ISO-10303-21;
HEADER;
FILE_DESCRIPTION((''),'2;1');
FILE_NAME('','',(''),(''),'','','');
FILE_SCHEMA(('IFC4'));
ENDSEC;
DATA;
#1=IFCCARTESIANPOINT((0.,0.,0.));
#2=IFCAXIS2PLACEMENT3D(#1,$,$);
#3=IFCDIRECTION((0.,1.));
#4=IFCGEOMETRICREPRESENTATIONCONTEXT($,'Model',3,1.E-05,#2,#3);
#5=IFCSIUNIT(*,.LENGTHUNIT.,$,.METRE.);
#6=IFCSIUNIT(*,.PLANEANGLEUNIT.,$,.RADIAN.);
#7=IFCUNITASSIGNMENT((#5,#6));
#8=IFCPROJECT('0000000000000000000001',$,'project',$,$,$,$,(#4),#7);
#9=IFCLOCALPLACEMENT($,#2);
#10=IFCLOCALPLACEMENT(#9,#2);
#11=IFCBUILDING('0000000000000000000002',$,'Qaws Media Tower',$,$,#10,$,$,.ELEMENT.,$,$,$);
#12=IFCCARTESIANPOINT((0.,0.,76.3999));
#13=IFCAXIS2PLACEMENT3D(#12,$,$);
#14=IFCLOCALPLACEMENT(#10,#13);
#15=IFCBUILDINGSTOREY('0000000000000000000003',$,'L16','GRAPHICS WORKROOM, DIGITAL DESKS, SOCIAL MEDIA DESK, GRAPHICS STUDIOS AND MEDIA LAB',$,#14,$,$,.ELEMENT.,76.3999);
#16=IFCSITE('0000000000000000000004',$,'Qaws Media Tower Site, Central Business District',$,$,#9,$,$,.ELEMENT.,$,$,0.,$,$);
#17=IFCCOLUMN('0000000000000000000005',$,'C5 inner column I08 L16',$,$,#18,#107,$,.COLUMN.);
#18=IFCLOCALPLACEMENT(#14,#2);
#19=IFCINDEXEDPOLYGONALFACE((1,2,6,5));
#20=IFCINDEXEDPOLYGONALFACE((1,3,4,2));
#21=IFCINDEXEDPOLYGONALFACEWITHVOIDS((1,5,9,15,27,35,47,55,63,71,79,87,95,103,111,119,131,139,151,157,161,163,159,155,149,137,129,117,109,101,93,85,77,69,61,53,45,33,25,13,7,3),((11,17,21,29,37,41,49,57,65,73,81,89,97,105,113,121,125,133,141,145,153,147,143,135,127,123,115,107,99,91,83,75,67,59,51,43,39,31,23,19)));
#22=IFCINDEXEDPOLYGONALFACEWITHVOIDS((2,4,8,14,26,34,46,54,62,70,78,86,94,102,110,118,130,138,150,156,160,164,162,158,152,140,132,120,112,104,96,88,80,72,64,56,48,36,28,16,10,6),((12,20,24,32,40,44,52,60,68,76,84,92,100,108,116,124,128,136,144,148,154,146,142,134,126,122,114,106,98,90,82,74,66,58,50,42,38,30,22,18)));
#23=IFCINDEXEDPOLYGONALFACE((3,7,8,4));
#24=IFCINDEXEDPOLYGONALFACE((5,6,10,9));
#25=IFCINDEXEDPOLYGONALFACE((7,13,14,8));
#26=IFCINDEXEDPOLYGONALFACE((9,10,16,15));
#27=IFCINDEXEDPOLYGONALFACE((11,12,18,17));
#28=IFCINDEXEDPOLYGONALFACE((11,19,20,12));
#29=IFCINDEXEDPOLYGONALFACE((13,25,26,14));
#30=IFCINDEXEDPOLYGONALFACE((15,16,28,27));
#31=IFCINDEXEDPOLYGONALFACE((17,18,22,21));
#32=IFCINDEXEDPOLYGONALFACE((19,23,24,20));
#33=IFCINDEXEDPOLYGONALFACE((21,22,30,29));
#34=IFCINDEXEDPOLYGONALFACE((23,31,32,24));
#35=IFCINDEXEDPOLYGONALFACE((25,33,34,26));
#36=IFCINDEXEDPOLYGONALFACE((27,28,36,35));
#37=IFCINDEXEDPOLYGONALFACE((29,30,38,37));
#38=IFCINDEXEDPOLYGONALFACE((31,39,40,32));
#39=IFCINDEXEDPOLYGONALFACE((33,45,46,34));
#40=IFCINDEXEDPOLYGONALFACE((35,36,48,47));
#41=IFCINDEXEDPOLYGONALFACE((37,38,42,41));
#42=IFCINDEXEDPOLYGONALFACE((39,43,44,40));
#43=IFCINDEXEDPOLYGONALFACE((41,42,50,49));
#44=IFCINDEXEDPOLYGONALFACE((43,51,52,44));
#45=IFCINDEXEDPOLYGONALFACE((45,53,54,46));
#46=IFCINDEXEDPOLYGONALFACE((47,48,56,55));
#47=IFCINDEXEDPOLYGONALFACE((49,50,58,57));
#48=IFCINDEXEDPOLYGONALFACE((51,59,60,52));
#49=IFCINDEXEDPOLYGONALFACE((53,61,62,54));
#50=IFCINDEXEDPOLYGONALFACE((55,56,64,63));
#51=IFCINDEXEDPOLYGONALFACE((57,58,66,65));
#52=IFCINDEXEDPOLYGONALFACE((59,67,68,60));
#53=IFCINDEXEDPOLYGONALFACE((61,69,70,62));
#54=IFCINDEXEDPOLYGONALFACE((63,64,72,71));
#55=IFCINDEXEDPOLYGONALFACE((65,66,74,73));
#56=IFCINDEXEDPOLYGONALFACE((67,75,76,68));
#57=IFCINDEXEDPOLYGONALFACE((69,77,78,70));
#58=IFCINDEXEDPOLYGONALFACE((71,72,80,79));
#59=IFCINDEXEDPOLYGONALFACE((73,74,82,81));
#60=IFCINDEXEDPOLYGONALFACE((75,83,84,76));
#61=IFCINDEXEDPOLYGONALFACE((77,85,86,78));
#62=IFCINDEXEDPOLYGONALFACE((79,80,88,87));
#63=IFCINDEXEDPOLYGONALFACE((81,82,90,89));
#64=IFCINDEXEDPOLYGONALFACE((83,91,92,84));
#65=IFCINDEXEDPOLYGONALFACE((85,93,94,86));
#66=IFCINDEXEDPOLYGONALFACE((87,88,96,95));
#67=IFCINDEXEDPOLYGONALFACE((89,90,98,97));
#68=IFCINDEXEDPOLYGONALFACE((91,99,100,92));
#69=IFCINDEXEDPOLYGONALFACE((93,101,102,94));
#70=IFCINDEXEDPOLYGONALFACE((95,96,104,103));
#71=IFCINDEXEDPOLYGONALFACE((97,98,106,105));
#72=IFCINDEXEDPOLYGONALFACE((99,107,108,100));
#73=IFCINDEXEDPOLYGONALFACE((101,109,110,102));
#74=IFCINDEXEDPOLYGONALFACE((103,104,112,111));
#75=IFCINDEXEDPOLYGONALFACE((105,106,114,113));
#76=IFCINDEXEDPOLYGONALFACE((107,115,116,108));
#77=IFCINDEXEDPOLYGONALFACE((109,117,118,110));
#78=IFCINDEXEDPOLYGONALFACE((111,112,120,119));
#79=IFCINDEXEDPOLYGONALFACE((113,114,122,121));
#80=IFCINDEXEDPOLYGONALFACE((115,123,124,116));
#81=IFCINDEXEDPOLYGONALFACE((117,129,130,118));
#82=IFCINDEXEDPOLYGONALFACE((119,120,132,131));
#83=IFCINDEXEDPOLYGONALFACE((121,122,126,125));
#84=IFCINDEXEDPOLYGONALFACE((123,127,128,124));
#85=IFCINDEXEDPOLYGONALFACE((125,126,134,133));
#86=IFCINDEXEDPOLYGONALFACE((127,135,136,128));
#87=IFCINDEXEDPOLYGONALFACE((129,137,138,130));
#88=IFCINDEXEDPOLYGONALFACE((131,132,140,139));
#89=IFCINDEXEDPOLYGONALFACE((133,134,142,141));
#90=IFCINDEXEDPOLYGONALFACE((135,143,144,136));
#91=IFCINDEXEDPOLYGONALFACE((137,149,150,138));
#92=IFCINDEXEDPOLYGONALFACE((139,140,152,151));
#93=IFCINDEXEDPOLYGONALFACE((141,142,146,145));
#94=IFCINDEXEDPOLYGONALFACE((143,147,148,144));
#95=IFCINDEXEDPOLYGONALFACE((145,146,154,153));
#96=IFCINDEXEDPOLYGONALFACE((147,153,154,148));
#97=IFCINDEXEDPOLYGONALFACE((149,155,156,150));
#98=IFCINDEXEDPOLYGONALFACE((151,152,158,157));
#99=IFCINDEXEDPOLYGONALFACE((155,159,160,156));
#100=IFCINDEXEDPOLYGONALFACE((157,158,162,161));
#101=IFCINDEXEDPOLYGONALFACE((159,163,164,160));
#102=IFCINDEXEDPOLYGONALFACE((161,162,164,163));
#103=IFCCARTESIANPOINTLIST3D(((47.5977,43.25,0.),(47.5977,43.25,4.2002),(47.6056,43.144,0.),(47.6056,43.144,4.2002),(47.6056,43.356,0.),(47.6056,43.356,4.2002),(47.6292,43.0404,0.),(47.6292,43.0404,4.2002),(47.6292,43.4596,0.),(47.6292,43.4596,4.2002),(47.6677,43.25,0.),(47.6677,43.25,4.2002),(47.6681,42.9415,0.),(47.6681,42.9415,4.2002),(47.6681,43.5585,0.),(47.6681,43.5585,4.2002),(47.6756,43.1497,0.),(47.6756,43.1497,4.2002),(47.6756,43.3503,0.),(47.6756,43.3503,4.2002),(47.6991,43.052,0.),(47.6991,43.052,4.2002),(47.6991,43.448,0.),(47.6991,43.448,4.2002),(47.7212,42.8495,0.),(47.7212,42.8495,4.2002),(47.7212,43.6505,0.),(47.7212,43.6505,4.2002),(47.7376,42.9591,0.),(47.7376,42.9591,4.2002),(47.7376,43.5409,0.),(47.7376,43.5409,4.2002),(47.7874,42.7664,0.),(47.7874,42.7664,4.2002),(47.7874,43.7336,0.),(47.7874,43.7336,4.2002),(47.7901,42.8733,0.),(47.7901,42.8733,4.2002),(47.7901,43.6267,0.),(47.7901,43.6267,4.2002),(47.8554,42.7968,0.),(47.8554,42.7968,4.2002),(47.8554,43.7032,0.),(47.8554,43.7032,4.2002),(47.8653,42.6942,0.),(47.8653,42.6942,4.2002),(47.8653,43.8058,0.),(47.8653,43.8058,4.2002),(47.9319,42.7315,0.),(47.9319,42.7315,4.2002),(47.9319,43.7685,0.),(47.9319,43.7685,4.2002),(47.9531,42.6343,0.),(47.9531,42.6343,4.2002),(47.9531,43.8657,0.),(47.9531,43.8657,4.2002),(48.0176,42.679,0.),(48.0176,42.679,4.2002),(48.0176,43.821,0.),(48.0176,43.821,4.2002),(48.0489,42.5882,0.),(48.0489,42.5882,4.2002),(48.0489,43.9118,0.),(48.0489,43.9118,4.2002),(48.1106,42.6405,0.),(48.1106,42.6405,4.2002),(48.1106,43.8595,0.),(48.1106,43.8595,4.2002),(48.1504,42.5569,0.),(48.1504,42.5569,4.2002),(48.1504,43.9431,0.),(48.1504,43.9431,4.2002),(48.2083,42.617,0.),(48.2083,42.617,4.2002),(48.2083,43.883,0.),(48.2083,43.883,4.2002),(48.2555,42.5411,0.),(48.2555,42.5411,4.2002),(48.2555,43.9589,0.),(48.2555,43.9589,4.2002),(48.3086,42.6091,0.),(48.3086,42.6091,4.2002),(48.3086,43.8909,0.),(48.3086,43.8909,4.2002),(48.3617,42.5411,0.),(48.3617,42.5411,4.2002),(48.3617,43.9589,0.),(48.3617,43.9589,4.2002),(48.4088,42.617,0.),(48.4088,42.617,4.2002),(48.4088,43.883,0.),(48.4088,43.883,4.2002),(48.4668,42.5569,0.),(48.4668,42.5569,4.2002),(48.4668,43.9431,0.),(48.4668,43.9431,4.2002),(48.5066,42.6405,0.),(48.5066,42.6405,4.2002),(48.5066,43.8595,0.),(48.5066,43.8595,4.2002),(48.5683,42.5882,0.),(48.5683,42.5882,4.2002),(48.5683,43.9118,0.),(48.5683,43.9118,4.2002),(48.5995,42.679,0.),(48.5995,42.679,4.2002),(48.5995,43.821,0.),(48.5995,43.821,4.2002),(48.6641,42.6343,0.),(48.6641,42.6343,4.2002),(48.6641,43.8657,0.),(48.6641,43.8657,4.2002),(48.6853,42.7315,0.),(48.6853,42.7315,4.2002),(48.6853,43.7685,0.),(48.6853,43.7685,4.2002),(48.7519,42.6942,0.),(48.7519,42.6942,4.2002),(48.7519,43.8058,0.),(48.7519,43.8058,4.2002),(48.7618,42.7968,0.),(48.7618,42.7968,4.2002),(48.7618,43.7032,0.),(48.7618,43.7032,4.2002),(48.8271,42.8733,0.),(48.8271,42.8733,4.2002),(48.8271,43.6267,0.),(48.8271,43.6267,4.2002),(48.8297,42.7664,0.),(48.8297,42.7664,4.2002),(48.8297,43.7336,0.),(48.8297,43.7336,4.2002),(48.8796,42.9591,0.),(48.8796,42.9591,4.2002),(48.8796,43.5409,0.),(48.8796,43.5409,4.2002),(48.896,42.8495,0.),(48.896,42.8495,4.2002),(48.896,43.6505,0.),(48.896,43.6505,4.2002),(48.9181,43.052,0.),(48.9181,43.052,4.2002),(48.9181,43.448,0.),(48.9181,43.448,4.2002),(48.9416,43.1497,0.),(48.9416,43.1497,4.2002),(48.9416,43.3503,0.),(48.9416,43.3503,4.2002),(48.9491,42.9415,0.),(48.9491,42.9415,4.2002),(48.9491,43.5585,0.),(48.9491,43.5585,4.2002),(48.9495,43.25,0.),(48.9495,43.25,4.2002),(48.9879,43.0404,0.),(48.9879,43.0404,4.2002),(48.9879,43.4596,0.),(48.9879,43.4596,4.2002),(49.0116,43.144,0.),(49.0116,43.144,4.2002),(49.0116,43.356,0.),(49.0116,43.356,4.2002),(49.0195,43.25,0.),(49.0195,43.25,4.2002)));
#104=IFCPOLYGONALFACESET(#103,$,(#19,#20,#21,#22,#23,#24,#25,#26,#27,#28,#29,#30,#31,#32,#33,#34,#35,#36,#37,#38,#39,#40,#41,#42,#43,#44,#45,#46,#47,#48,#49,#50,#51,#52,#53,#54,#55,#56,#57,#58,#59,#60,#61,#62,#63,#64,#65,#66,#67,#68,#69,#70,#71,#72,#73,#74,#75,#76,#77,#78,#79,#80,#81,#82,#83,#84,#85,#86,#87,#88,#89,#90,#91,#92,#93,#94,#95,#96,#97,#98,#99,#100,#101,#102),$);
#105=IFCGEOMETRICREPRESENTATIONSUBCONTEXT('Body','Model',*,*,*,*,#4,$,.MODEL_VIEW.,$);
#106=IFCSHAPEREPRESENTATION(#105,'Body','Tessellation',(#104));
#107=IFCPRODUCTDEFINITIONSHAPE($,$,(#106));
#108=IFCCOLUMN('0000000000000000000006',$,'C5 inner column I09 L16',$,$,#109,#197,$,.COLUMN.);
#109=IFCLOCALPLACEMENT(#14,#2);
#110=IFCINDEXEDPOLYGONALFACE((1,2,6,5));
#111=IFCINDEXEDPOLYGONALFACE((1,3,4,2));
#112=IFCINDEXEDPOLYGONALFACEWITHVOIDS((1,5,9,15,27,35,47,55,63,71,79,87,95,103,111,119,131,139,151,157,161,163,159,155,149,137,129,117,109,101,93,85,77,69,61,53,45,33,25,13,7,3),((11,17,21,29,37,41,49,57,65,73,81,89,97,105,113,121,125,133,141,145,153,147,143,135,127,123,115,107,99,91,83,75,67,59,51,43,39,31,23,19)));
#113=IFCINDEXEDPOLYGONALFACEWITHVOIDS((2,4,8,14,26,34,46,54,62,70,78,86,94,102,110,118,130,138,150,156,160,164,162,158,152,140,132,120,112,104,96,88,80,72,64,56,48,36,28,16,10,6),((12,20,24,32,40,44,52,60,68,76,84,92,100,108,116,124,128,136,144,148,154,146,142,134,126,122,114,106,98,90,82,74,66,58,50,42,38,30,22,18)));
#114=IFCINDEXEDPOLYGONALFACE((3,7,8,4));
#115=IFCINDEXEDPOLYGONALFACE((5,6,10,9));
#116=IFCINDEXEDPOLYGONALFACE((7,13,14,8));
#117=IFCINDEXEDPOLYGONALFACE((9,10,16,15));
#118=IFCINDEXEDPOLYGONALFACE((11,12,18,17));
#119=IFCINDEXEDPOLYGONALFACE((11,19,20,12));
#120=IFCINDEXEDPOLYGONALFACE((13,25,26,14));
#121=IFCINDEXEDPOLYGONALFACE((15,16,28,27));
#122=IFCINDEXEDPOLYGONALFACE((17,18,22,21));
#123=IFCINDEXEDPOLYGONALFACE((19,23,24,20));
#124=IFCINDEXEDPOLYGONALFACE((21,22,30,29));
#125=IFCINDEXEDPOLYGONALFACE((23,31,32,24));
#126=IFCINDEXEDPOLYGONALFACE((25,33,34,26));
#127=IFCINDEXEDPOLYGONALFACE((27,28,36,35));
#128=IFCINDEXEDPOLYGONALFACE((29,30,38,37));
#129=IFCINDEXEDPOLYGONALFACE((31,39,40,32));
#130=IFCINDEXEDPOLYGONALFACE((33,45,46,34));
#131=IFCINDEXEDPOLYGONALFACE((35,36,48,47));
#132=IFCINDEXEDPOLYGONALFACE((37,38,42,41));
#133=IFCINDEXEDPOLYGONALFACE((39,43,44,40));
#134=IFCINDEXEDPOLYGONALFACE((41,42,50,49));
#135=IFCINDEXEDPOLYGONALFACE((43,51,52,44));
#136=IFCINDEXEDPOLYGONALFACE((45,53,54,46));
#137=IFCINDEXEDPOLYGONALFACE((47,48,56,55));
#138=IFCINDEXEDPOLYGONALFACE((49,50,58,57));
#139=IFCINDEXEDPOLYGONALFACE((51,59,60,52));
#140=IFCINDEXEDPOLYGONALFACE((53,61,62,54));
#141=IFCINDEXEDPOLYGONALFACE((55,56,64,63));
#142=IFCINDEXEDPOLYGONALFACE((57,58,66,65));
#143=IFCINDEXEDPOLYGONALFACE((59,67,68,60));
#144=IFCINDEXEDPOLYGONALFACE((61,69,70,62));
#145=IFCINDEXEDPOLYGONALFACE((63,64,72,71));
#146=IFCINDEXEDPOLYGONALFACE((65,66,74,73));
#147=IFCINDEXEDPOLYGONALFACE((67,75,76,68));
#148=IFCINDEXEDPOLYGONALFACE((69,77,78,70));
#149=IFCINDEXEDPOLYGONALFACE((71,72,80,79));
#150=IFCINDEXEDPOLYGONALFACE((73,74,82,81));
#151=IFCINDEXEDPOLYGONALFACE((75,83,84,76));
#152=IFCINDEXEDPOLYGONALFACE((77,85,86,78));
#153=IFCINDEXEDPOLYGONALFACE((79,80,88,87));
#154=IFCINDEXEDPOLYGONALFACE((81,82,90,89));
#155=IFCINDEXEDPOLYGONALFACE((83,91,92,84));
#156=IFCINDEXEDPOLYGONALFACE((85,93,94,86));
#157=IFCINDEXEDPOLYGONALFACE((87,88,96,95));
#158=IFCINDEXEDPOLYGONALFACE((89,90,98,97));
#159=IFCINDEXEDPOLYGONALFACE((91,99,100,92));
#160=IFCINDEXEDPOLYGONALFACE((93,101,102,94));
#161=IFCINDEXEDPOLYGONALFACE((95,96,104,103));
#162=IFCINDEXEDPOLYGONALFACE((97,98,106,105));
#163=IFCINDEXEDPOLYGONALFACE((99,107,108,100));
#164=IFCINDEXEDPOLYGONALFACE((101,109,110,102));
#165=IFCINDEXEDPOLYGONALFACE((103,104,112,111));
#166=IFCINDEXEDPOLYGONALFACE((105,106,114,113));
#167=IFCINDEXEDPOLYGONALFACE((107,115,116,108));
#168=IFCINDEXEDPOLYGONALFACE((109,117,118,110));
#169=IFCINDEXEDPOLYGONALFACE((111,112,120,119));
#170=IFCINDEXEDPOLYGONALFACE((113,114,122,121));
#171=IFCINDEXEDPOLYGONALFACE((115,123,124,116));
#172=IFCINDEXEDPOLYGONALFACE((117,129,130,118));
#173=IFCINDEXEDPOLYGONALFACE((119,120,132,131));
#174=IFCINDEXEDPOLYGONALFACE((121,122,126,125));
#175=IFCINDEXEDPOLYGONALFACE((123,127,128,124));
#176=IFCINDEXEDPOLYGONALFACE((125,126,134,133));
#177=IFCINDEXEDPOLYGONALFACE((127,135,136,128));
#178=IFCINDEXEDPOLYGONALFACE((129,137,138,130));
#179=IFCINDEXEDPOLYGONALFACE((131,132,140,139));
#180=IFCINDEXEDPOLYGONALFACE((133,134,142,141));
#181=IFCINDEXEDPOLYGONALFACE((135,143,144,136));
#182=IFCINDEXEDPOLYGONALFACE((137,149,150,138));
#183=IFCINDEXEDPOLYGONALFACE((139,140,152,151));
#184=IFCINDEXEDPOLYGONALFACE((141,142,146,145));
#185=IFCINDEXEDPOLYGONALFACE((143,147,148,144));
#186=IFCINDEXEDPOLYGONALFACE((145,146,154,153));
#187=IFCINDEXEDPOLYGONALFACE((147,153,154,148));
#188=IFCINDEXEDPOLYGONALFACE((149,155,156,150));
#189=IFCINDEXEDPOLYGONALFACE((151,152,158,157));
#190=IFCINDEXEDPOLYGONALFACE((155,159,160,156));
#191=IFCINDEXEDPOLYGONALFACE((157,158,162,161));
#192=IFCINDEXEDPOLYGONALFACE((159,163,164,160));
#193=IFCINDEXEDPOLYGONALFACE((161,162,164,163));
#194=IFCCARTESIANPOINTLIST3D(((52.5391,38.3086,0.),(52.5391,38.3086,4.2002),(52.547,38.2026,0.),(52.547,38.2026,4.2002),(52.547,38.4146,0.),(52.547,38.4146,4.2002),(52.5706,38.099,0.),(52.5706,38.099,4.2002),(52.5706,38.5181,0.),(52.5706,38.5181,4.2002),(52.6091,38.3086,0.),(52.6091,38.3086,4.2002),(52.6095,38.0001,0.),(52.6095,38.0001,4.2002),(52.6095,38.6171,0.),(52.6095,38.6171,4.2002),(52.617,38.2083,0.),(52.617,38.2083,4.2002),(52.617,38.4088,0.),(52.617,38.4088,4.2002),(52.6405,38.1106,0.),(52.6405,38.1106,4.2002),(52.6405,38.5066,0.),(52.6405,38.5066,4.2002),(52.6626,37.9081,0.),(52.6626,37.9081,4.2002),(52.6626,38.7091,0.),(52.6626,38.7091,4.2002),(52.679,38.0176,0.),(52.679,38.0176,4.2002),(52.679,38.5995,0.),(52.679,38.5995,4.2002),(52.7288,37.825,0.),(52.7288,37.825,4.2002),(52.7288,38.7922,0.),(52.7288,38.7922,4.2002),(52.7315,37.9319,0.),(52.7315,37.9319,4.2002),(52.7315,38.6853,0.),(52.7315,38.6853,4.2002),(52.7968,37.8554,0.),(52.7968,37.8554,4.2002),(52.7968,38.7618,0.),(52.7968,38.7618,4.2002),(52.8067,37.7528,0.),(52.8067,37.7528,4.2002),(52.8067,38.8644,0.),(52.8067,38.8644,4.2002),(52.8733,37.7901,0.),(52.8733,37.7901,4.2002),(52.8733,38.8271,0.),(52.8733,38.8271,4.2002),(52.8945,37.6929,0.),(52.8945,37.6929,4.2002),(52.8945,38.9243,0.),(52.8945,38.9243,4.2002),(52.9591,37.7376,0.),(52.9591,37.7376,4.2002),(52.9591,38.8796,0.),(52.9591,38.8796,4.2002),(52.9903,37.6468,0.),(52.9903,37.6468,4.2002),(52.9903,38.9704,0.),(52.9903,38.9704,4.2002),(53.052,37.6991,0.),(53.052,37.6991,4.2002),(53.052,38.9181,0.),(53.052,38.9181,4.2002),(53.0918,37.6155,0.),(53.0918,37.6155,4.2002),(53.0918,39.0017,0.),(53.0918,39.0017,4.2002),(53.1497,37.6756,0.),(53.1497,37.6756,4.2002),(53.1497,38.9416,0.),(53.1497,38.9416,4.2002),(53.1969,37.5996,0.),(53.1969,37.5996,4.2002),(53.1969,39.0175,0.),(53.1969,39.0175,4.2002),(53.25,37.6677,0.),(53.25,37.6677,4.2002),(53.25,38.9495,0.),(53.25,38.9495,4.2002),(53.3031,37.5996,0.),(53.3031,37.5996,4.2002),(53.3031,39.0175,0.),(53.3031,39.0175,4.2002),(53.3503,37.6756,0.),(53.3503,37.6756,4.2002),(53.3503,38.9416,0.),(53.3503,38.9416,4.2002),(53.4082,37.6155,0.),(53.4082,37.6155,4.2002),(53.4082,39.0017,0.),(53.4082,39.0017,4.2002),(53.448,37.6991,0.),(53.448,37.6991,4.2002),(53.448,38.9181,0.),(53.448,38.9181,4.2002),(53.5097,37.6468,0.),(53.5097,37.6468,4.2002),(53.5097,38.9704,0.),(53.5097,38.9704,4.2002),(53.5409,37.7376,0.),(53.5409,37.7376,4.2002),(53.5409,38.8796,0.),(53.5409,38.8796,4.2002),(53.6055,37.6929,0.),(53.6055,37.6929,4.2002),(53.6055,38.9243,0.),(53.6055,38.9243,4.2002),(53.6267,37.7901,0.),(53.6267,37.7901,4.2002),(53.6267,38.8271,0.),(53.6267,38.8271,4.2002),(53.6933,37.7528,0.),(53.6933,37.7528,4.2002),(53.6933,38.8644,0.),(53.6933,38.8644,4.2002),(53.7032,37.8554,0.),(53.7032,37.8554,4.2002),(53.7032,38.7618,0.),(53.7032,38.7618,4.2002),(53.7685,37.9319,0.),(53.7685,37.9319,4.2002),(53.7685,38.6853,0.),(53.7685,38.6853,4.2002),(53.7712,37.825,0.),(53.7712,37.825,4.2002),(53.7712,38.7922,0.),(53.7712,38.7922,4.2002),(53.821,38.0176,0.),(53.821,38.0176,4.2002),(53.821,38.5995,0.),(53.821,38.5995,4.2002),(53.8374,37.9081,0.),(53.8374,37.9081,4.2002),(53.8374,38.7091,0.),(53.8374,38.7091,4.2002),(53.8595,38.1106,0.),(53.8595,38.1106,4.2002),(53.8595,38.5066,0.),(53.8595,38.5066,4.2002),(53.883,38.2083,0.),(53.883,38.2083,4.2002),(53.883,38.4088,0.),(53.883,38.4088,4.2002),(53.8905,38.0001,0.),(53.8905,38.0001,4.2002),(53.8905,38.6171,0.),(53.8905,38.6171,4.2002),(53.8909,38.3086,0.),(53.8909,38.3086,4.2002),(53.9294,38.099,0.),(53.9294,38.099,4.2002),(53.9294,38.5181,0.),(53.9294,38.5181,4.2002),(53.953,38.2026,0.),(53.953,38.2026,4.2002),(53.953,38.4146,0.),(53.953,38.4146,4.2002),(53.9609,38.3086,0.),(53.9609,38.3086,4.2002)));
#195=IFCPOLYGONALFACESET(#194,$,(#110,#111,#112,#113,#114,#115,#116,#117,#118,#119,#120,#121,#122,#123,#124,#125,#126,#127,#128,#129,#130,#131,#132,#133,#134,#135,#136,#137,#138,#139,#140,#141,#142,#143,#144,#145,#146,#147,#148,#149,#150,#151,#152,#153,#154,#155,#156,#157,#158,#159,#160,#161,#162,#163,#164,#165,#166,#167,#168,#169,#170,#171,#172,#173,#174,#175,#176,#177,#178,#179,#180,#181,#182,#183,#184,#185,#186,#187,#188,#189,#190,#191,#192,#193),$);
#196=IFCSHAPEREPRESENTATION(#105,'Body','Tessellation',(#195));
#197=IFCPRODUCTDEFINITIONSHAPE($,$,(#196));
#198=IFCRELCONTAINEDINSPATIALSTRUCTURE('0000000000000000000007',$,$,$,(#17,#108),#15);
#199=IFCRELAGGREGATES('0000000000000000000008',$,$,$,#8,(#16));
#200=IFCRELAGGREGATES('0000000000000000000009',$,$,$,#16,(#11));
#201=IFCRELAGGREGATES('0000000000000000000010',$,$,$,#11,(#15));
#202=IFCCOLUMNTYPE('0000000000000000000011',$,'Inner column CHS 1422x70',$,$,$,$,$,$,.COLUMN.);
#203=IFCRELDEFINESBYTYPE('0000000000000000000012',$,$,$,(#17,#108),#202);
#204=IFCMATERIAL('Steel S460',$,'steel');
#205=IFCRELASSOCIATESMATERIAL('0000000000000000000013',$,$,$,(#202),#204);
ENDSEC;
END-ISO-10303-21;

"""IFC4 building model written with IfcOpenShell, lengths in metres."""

from ifc_helpers import new_model, si_unit, direction, frame, origin, origin_2d, place, context, subcontext, project, spatial, hollow_circle, extrude, material, material_profile, profile_set, type_object, element, save


model = new_model("IFC4")

# Units and contexts
model_context = context("Model", 3, precision=1e-05, world=origin(), true_north=direction((0.0, 1.0)))
body_context = subcontext(model_context, "Body", "Model", "MODEL_VIEW")
ifc_project = project(units=[si_unit("LENGTHUNIT", "METRE"), si_unit("PLANEANGLEUNIT", "RADIAN")], contexts=[model_context])

# Site, building, storey
site_placement = place(None, origin())
site = spatial("IfcSite", under=ifc_project, at=site_placement, Name="Qaws Media Tower Site, Central Business District", CompositionType="ELEMENT", RefElevation=0.0)
building_placement = place(site_placement, origin())
building = spatial("IfcBuilding", under=site, at=building_placement, Name="Qaws Media Tower", CompositionType="ELEMENT")
storey_placement = place(building_placement, frame((0.0, 0.0, 76.3999)))
storey = spatial("IfcBuildingStorey", under=building, at=storey_placement, Name="L16", Description="GRAPHICS WORKROOM, DIGITAL DESKS, SOCIAL MEDIA DESK, GRAPHICS STUDIOS AND MEDIA LAB", CompositionType="ELEMENT", Elevation=76.3999)

# Columns
ifc_material_1 = material(Name="Steel S460", Category="steel")
ifc_material_profile_1 = material_profile(ifc_material_1, hollow_circle(Radius=0.7109, WallThickness=0.0701, at=origin_2d()), Name="CHS 1422x70")
ifc_profile_set_1 = profile_set([ifc_material_profile_1], Name="Steel S460")
column_type = type_object("IfcColumnType", Name="Inner column CHS 1422x70", PredefinedType="COLUMN", material=ifc_profile_set_1)
for number, where, z_axis, x_axis, name in (
    (1, (48.3086, 43.25, 0.0), (0.0, 0.0, 1.0), (1.0, 0.0, 0.0), "C5 inner column I08 L16"),
    (2, (53.25, 38.3086, 0.0), (0.0, 0.0, 1.0), (1.0, 0.0, 0.0), "C5 inner column I09 L16"),
):
    element("IfcColumn", number, at=place(storey_placement, frame(where, z_axis=z_axis, x_axis=x_axis)), inside=storey, type_object=column_type, Name=name, PredefinedType="COLUMN", context=body_context, shape_type="SweptSolid", body=[
        extrude(hollow_circle(Radius=0.7109, WallThickness=0.0701, at=origin_2d()), origin(), (0.0, 0.0, 1.0), 4.2002),
    ])

save(model, "model.ifc")
